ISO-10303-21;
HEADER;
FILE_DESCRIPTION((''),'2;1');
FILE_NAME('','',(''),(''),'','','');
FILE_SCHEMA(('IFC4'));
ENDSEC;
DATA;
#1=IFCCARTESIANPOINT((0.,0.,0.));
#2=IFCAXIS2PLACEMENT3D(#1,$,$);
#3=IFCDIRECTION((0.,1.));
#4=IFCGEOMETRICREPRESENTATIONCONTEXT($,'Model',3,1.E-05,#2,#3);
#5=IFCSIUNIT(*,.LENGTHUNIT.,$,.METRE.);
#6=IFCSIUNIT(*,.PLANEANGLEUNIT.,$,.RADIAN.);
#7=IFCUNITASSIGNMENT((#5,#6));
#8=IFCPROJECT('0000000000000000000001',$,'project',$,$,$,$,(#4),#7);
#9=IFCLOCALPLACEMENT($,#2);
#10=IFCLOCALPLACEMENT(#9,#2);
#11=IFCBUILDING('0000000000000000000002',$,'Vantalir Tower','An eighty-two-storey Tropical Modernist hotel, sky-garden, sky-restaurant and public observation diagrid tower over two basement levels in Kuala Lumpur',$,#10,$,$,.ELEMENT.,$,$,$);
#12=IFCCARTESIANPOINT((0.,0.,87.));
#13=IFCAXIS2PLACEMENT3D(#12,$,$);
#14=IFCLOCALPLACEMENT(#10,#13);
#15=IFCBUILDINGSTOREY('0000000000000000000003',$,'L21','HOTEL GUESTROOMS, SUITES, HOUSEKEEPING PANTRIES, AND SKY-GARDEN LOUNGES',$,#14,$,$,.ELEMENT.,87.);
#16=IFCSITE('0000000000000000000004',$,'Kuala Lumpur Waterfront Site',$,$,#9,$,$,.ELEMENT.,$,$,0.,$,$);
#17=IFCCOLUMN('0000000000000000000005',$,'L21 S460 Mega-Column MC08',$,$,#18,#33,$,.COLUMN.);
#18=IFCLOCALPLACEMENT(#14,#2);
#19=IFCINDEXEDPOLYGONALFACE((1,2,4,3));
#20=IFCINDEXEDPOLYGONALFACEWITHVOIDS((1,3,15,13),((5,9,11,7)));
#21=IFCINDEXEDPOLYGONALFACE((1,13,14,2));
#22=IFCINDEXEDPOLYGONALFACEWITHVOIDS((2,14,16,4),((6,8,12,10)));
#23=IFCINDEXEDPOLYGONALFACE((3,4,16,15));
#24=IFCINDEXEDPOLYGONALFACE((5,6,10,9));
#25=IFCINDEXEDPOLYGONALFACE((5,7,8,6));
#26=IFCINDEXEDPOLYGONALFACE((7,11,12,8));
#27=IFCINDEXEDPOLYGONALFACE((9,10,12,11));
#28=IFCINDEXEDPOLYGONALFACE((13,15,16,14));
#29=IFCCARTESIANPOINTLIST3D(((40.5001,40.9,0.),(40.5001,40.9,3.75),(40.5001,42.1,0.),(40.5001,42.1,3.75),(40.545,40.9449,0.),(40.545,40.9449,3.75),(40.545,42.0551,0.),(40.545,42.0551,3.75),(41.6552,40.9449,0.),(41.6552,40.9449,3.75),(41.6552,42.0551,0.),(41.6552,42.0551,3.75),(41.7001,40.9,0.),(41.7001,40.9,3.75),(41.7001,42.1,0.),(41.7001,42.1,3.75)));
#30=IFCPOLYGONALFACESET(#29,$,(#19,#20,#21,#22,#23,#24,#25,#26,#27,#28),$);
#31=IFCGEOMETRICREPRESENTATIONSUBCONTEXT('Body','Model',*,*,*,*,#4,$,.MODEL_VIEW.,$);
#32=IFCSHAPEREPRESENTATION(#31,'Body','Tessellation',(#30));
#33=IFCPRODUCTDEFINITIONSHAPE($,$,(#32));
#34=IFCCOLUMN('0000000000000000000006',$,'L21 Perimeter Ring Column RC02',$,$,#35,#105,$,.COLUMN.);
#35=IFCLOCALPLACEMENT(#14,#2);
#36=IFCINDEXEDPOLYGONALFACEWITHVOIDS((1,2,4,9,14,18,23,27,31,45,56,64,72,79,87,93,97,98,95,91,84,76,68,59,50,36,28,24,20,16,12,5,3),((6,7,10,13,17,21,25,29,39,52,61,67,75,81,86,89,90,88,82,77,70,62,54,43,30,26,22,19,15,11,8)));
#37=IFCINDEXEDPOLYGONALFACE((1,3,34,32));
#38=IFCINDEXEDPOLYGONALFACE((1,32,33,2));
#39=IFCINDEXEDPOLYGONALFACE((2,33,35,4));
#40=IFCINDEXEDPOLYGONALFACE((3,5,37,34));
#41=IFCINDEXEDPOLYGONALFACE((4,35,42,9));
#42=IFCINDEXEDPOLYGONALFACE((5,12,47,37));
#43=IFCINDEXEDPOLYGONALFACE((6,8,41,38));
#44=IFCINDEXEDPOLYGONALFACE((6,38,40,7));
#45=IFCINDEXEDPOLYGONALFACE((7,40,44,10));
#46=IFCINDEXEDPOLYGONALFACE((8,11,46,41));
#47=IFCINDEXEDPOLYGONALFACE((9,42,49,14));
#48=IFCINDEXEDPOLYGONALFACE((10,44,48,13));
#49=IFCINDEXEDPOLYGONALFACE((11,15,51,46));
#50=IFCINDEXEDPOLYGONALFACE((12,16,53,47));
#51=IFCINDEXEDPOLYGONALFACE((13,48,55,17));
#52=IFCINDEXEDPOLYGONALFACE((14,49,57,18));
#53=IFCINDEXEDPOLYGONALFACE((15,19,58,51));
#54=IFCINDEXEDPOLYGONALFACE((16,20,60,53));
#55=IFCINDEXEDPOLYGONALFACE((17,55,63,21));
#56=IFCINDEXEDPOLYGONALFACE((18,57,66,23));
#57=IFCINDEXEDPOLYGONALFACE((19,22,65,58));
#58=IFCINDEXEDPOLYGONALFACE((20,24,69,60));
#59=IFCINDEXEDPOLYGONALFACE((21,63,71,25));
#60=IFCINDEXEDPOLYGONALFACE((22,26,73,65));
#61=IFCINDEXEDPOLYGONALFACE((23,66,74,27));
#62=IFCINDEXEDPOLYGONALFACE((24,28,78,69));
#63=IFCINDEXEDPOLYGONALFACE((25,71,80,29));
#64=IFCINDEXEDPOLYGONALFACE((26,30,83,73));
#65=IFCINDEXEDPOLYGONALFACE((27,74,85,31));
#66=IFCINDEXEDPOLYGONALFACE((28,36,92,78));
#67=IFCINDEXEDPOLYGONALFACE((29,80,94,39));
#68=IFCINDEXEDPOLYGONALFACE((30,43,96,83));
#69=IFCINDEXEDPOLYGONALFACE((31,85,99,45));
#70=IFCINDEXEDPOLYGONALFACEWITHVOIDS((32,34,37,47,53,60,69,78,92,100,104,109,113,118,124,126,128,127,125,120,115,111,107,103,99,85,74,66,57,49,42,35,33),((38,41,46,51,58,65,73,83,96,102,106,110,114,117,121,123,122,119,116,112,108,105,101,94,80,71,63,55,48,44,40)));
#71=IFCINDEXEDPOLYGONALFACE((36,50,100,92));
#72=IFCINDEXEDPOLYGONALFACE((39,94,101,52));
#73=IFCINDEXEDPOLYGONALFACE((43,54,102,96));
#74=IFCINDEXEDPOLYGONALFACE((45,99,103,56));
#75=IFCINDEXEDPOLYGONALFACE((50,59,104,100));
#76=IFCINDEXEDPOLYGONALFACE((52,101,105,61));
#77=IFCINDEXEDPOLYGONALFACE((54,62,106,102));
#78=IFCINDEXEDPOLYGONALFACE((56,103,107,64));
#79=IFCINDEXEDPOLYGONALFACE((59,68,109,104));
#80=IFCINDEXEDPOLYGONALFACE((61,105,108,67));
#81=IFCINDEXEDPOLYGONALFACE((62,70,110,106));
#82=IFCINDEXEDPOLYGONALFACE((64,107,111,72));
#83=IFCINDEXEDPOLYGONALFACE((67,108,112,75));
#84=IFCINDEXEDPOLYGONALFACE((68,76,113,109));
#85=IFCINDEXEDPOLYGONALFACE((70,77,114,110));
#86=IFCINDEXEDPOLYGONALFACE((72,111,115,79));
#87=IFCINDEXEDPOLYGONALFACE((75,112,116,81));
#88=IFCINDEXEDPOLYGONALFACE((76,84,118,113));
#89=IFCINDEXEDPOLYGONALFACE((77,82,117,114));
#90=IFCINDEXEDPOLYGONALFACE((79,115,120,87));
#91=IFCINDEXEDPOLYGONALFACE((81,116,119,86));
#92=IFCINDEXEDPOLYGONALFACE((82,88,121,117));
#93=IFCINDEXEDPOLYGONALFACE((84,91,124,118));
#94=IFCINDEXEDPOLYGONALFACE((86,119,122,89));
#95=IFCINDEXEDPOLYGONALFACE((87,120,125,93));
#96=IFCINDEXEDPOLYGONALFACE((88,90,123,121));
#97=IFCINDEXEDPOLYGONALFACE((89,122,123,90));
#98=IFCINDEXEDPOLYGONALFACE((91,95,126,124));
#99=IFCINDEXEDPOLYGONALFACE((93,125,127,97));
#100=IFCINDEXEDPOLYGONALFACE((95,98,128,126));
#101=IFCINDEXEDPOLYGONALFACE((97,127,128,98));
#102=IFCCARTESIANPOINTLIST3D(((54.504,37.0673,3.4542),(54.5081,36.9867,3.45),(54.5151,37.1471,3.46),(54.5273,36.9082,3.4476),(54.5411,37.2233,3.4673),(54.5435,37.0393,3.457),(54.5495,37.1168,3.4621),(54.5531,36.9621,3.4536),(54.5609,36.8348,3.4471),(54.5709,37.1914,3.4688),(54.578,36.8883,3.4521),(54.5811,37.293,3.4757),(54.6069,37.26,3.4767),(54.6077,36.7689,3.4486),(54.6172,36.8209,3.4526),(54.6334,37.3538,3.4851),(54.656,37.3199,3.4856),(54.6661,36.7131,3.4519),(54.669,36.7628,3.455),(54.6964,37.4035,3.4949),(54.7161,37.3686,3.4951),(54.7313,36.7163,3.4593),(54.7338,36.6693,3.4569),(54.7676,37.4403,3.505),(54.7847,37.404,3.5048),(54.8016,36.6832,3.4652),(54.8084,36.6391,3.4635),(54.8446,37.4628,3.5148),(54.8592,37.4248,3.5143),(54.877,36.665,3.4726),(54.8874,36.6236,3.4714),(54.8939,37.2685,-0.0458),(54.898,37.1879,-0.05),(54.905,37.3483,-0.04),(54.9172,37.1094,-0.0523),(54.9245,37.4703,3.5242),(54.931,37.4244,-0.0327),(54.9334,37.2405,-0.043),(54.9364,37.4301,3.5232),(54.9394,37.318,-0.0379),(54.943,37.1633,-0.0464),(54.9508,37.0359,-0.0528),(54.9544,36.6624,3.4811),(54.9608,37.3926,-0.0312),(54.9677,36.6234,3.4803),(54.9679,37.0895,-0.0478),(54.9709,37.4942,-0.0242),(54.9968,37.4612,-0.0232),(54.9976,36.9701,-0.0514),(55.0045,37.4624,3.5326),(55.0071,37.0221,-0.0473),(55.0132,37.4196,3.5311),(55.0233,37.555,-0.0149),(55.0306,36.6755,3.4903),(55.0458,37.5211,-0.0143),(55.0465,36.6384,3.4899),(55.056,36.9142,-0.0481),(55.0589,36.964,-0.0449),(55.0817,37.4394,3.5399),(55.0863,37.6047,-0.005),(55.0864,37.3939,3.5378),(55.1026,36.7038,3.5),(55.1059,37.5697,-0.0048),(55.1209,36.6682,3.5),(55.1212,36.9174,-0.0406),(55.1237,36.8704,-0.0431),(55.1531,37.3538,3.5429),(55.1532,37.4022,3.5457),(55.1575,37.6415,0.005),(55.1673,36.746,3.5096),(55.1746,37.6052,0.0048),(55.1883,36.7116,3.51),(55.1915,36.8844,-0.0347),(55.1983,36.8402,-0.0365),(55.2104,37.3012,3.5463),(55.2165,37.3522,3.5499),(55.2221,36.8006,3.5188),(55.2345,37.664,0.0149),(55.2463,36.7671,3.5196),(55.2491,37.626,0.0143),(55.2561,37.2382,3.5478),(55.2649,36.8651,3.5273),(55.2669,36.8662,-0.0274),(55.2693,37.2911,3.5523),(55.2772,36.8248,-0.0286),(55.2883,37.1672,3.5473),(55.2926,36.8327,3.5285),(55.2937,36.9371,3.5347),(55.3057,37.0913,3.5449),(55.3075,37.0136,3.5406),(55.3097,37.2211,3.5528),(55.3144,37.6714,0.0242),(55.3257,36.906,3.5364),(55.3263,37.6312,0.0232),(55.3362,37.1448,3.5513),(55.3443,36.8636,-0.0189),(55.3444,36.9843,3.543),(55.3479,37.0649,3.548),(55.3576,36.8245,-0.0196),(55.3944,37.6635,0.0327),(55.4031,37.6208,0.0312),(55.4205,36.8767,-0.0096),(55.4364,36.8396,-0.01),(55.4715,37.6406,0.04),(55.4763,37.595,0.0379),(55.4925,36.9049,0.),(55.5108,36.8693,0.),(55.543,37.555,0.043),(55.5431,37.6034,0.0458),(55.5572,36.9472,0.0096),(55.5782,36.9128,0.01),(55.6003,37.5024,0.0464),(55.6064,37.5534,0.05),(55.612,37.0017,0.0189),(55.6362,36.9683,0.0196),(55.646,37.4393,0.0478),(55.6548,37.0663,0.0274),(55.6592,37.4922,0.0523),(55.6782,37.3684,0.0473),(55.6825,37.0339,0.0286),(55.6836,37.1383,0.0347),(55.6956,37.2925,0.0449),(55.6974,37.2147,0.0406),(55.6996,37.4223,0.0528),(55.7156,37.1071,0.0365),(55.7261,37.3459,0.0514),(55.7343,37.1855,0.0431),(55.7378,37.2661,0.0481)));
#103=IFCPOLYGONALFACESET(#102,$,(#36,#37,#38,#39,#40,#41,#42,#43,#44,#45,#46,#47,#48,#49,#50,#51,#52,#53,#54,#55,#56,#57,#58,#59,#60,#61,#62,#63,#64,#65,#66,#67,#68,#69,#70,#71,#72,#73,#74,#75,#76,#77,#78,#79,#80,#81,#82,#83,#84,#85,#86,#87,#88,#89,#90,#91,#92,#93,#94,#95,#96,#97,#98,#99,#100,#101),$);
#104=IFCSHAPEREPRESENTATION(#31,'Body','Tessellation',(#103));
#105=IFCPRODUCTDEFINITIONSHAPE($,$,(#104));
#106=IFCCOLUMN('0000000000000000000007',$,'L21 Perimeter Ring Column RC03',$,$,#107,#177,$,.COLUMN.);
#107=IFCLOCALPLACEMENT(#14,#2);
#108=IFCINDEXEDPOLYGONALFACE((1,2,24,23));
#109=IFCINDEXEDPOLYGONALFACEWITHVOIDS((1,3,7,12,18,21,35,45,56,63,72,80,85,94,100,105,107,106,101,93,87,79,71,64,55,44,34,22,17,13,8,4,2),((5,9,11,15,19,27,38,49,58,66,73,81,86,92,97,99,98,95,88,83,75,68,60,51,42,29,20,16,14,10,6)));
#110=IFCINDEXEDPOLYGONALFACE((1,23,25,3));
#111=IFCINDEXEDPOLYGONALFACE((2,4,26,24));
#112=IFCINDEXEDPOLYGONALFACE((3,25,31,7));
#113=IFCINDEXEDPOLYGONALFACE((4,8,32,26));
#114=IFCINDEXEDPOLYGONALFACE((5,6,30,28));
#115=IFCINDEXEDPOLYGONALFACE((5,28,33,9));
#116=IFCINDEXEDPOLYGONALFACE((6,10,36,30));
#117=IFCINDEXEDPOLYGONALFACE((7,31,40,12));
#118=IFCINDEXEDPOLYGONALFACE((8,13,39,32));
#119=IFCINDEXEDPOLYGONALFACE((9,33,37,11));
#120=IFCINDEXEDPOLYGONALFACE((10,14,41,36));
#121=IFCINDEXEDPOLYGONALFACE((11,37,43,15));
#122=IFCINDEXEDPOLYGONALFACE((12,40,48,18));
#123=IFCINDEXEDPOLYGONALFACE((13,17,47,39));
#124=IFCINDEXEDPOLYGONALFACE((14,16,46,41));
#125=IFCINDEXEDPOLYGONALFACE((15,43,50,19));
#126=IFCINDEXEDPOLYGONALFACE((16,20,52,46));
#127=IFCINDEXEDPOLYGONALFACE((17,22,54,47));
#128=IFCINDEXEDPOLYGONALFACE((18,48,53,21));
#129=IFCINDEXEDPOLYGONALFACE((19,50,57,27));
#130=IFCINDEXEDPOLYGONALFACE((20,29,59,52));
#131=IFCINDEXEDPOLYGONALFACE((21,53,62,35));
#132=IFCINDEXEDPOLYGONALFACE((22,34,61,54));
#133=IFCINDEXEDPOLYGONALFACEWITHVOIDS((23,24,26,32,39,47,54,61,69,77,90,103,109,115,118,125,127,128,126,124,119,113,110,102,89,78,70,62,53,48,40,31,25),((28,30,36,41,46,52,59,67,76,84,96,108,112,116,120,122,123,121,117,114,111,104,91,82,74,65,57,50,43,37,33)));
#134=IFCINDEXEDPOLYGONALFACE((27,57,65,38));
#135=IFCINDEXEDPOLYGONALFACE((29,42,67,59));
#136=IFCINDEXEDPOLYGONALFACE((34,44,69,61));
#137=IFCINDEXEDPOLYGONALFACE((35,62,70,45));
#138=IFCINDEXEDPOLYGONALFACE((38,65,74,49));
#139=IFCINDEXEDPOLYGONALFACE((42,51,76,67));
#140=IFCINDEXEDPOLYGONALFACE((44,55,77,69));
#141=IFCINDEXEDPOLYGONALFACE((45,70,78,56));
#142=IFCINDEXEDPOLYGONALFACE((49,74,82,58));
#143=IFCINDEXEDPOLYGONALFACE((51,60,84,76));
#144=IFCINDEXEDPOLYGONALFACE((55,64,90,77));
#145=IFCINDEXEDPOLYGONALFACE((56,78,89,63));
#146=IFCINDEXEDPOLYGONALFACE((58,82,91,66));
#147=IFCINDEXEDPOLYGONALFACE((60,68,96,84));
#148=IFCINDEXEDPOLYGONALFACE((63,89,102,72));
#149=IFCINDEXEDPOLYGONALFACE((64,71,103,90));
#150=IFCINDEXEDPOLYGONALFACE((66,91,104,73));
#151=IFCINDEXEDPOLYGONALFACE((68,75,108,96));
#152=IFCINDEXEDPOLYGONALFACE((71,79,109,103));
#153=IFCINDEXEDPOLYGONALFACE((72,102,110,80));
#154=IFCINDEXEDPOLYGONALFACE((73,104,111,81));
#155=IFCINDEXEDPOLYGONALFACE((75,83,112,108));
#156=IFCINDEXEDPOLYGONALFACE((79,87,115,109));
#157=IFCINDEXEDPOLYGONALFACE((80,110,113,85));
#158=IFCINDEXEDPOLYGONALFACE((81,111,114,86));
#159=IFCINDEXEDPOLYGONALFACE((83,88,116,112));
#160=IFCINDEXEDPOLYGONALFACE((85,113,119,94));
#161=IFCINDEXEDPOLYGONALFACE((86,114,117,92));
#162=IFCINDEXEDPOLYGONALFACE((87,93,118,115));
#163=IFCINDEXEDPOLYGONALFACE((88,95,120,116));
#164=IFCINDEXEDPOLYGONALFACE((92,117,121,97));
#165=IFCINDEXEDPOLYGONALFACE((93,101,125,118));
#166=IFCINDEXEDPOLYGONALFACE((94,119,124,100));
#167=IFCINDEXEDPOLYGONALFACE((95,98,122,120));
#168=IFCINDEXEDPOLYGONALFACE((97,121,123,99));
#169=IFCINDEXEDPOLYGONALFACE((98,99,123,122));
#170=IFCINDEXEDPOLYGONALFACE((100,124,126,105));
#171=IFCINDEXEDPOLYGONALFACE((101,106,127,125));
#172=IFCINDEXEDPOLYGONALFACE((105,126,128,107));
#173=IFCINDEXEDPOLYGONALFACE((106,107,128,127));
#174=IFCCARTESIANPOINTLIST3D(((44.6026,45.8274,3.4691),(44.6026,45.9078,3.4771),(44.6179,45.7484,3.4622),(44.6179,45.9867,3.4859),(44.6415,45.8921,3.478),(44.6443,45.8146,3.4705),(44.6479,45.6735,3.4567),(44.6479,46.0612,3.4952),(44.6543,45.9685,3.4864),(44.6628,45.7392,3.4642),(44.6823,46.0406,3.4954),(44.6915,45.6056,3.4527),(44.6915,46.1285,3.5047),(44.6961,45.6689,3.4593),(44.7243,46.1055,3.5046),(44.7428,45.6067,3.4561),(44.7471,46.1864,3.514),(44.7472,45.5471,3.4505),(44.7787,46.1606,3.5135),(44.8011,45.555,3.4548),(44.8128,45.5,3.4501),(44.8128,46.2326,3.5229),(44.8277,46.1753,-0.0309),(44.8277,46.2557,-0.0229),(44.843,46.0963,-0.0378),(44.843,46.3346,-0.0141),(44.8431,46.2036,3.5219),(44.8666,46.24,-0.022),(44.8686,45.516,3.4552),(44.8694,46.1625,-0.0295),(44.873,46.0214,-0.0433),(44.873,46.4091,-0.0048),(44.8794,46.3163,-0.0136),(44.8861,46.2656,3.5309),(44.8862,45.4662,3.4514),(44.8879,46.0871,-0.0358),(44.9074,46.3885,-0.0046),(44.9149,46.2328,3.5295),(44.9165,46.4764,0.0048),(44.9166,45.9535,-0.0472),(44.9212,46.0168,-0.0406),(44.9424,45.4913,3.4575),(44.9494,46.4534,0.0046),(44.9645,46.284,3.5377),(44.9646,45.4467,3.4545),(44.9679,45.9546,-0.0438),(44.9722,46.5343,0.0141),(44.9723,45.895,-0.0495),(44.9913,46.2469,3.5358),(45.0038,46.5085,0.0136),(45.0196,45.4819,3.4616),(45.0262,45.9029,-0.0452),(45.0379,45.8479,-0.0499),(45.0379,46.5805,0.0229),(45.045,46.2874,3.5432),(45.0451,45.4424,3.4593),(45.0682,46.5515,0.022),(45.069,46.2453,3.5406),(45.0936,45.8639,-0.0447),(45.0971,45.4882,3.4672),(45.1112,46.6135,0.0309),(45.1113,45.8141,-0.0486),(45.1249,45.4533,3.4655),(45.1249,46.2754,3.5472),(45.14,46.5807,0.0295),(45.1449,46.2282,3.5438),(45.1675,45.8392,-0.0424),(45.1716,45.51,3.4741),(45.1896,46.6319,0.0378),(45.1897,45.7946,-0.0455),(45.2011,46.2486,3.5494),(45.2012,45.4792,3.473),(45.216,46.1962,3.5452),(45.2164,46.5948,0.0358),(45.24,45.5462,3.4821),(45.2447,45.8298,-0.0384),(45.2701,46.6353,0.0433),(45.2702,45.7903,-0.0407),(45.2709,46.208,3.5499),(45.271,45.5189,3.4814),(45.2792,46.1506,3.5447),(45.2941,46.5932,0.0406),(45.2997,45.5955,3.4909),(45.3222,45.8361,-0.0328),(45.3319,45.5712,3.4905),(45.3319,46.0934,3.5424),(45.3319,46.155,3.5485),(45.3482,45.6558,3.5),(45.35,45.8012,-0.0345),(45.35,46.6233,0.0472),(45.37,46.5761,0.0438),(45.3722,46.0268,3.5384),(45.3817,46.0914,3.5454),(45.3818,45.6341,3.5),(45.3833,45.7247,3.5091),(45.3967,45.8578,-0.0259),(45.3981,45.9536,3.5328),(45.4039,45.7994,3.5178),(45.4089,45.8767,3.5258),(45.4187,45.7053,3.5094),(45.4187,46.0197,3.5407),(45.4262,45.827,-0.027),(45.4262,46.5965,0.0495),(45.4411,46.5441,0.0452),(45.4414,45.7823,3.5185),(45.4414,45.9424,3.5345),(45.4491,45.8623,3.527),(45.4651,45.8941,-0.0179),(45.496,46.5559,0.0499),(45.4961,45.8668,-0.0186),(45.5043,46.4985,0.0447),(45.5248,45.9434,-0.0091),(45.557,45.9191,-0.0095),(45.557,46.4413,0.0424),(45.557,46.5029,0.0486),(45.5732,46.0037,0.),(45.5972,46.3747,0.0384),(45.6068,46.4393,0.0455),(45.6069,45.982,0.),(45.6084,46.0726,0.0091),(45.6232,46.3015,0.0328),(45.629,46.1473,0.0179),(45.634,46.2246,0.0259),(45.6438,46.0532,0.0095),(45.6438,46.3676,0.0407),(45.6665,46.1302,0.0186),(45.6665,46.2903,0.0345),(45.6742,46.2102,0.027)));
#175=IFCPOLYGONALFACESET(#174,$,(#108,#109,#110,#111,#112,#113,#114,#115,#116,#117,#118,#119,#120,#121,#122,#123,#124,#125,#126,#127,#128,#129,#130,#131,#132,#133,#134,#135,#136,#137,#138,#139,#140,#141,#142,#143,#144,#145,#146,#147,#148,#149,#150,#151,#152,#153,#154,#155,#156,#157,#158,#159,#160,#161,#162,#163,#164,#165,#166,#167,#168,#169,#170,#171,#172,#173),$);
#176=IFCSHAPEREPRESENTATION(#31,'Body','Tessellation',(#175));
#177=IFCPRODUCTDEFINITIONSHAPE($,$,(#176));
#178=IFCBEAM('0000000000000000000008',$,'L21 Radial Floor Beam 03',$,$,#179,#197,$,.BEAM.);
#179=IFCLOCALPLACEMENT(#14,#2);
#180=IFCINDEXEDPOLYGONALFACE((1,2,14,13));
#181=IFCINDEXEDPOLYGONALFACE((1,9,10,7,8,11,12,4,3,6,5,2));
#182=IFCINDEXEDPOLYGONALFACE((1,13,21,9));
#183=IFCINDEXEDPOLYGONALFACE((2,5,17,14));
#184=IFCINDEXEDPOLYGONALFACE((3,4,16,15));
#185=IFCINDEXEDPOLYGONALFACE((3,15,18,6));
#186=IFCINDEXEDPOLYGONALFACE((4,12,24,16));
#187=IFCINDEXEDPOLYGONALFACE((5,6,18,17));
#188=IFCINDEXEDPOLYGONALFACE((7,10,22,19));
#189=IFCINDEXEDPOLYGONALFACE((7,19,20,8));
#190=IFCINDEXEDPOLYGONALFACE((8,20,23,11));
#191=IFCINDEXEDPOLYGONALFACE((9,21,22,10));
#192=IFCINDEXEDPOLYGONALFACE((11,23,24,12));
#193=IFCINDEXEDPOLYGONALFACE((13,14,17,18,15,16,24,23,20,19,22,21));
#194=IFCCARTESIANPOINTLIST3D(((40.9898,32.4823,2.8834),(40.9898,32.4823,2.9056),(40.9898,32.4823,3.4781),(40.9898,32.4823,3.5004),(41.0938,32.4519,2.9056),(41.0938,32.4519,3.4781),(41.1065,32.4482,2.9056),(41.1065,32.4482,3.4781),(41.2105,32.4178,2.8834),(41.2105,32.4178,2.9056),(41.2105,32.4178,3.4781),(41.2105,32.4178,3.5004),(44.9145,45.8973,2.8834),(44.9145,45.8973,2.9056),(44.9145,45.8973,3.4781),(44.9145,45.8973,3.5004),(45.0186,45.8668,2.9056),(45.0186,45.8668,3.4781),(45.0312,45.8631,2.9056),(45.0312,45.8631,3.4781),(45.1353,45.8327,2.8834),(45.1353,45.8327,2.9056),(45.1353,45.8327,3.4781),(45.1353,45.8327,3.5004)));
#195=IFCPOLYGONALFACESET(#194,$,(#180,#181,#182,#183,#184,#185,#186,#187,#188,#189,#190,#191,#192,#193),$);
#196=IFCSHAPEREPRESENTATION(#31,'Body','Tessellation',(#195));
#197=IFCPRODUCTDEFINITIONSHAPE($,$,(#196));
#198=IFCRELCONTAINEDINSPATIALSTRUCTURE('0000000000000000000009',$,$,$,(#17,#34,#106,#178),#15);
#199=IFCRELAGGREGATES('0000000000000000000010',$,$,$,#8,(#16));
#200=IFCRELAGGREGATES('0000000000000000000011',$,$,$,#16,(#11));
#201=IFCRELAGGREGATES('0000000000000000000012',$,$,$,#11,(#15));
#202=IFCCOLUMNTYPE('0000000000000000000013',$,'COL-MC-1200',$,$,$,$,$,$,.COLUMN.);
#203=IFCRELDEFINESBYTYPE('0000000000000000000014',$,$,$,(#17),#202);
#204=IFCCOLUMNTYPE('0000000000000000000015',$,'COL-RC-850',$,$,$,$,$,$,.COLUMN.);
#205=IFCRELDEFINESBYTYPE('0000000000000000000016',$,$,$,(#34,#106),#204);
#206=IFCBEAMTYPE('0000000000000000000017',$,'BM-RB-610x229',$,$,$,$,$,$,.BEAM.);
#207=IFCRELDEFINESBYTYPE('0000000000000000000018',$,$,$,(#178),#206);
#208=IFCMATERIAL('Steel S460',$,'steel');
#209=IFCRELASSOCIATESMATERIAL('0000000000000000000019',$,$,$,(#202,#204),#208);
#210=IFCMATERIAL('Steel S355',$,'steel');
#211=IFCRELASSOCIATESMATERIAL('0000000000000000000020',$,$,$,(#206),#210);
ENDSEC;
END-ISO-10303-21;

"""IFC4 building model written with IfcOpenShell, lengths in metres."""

from ifc_helpers import new_model, si_unit, direction, frame, origin, origin_2d, place, context, subcontext, project, spatial, hollow_rectangle, hollow_circle, i_section, extrude, material, material_profile, profile_set, type_object, element, save


model = new_model("IFC4")

# Units and contexts
model_context = context("Model", 3, precision=1e-05, world=origin(), true_north=direction((0.0, 1.0)))
body_context = subcontext(model_context, "Body", "Model", "MODEL_VIEW")
ifc_project = project(units=[si_unit("LENGTHUNIT", "METRE"), si_unit("PLANEANGLEUNIT", "RADIAN")], contexts=[model_context])

# Site, building, storey
site_placement = place(None, origin())
site = spatial("IfcSite", under=ifc_project, at=site_placement, Name="Kuala Lumpur Waterfront Site", CompositionType="ELEMENT", RefElevation=0.0)
building_placement = place(site_placement, origin())
building = spatial("IfcBuilding", under=site, at=building_placement, Name="Vantalir Tower", Description="An eighty-two-storey Tropical Modernist hotel, sky-garden, sky-restaurant and public observation diagrid tower over two basement levels in Kuala Lumpur", CompositionType="ELEMENT")
storey_placement = place(building_placement, frame((0.0, 0.0, 87.0)))
storey = spatial("IfcBuildingStorey", under=building, at=storey_placement, Name="L21", Description="HOTEL GUESTROOMS, SUITES, HOUSEKEEPING PANTRIES, AND SKY-GARDEN LOUNGES", CompositionType="ELEMENT", Elevation=87.0)

# Columns
ifc_material_1 = material(Name="Steel S460", Category="steel")
ifc_material_profile_1 = material_profile(ifc_material_1, hollow_rectangle(XDim=1.2, YDim=1.2, WallThickness=0.0449, at=origin_2d()), Name="Steel S460")
ifc_profile_set_1 = profile_set([ifc_material_profile_1], Name="Steel S460")
column_type_1 = type_object("IfcColumnType", Name="COL-MC-1200", PredefinedType="COLUMN", material=ifc_profile_set_1)
column_1_placement = place(storey_placement, frame((41.1001, 41.5, 0.0), z_axis=(0.0, 0.0, 1.0), x_axis=(1.0, 0.0, 0.0)))
element("IfcColumn", 1, at=column_1_placement, inside=storey, type_object=column_type_1, Name="L21 S460 Mega-Column MC08", PredefinedType="COLUMN", context=body_context, shape_type="SweptSolid", body=[
    extrude(hollow_rectangle(XDim=1.2, YDim=1.2, WallThickness=0.0449, at=origin_2d()), origin(), (0.0, 0.0, 1.0), 3.75),
])
ifc_material_profile_2 = material_profile(ifc_material_1, hollow_circle(Radius=0.425, WallThickness=0.04, at=origin_2d()), Name="Steel S460")
ifc_profile_set_2 = profile_set([ifc_material_profile_2], Name="Steel S460")
column_type_2 = type_object("IfcColumnType", Name="COL-RC-850", PredefinedType="COLUMN", material=ifc_profile_set_2)
column_2_placement = place(storey_placement, frame((55.3159, 37.2471, 0.0), z_axis=(-0.110533, -0.057031, 0.992235), x_axis=(0.45853, -0.888679, 0.0)))
element("IfcColumn", 2, at=column_2_placement, inside=storey, type_object=column_type_2, Name="L21 Perimeter Ring Column RC02", PredefinedType="COLUMN", context=body_context, shape_type="SweptSolid", body=[
    extrude(hollow_circle(Radius=0.425, WallThickness=0.04, at=origin_2d()), origin(), (0.0, 0.0, 1.0), 3.5273),
])
column_3_placement = place(storey_placement, frame((45.25, 46.2129, 0.0), z_axis=(-0.063868, -0.098711, 0.993065), x_axis=(0.839586, -0.543227, 0.0)))
element("IfcColumn", 3, at=column_3_placement, inside=storey, type_object=column_type_2, Name="L21 Perimeter Ring Column RC03", PredefinedType="COLUMN", context=body_context, shape_type="SweptSolid", body=[
    extrude(hollow_circle(Radius=0.425, WallThickness=0.04, at=origin_2d()), origin(), (0.0, 0.0, 1.0), 3.5244),
])

# Beam
ifc_material_2 = material(Name="Steel S355", Category="steel")
ifc_material_profile_3 = material_profile(ifc_material_2, i_section(OverallWidth=0.23, OverallDepth=0.6169, WebThickness=0.0132, FlangeThickness=0.0222, at=origin_2d()), Name="Steel S355")
ifc_profile_set_3 = profile_set([ifc_material_profile_3], Name="Steel S355")
beam_type_1 = type_object("IfcBeamType", Name="BM-RB-610x229", PredefinedType="BEAM", material=ifc_profile_set_3)
beam_1_placement = place(storey_placement, frame((45.0249, 45.865, 3.1919), z_axis=(-0.280797, -0.959767, 0.0), x_axis=(0.959767, -0.280797, 0.0)))
element("IfcBeam", 4, at=beam_1_placement, inside=storey, type_object=beam_type_1, Name="L21 Radial Floor Beam 03", PredefinedType="BEAM", context=body_context, shape_type="SweptSolid", body=[
    extrude(i_section(OverallWidth=0.23, OverallDepth=0.6169, WebThickness=0.0132, FlangeThickness=0.0222, at=origin_2d()), origin(), (0.0, 0.0, 1.0), 13.9773),
])

save(model, "model.ifc")
